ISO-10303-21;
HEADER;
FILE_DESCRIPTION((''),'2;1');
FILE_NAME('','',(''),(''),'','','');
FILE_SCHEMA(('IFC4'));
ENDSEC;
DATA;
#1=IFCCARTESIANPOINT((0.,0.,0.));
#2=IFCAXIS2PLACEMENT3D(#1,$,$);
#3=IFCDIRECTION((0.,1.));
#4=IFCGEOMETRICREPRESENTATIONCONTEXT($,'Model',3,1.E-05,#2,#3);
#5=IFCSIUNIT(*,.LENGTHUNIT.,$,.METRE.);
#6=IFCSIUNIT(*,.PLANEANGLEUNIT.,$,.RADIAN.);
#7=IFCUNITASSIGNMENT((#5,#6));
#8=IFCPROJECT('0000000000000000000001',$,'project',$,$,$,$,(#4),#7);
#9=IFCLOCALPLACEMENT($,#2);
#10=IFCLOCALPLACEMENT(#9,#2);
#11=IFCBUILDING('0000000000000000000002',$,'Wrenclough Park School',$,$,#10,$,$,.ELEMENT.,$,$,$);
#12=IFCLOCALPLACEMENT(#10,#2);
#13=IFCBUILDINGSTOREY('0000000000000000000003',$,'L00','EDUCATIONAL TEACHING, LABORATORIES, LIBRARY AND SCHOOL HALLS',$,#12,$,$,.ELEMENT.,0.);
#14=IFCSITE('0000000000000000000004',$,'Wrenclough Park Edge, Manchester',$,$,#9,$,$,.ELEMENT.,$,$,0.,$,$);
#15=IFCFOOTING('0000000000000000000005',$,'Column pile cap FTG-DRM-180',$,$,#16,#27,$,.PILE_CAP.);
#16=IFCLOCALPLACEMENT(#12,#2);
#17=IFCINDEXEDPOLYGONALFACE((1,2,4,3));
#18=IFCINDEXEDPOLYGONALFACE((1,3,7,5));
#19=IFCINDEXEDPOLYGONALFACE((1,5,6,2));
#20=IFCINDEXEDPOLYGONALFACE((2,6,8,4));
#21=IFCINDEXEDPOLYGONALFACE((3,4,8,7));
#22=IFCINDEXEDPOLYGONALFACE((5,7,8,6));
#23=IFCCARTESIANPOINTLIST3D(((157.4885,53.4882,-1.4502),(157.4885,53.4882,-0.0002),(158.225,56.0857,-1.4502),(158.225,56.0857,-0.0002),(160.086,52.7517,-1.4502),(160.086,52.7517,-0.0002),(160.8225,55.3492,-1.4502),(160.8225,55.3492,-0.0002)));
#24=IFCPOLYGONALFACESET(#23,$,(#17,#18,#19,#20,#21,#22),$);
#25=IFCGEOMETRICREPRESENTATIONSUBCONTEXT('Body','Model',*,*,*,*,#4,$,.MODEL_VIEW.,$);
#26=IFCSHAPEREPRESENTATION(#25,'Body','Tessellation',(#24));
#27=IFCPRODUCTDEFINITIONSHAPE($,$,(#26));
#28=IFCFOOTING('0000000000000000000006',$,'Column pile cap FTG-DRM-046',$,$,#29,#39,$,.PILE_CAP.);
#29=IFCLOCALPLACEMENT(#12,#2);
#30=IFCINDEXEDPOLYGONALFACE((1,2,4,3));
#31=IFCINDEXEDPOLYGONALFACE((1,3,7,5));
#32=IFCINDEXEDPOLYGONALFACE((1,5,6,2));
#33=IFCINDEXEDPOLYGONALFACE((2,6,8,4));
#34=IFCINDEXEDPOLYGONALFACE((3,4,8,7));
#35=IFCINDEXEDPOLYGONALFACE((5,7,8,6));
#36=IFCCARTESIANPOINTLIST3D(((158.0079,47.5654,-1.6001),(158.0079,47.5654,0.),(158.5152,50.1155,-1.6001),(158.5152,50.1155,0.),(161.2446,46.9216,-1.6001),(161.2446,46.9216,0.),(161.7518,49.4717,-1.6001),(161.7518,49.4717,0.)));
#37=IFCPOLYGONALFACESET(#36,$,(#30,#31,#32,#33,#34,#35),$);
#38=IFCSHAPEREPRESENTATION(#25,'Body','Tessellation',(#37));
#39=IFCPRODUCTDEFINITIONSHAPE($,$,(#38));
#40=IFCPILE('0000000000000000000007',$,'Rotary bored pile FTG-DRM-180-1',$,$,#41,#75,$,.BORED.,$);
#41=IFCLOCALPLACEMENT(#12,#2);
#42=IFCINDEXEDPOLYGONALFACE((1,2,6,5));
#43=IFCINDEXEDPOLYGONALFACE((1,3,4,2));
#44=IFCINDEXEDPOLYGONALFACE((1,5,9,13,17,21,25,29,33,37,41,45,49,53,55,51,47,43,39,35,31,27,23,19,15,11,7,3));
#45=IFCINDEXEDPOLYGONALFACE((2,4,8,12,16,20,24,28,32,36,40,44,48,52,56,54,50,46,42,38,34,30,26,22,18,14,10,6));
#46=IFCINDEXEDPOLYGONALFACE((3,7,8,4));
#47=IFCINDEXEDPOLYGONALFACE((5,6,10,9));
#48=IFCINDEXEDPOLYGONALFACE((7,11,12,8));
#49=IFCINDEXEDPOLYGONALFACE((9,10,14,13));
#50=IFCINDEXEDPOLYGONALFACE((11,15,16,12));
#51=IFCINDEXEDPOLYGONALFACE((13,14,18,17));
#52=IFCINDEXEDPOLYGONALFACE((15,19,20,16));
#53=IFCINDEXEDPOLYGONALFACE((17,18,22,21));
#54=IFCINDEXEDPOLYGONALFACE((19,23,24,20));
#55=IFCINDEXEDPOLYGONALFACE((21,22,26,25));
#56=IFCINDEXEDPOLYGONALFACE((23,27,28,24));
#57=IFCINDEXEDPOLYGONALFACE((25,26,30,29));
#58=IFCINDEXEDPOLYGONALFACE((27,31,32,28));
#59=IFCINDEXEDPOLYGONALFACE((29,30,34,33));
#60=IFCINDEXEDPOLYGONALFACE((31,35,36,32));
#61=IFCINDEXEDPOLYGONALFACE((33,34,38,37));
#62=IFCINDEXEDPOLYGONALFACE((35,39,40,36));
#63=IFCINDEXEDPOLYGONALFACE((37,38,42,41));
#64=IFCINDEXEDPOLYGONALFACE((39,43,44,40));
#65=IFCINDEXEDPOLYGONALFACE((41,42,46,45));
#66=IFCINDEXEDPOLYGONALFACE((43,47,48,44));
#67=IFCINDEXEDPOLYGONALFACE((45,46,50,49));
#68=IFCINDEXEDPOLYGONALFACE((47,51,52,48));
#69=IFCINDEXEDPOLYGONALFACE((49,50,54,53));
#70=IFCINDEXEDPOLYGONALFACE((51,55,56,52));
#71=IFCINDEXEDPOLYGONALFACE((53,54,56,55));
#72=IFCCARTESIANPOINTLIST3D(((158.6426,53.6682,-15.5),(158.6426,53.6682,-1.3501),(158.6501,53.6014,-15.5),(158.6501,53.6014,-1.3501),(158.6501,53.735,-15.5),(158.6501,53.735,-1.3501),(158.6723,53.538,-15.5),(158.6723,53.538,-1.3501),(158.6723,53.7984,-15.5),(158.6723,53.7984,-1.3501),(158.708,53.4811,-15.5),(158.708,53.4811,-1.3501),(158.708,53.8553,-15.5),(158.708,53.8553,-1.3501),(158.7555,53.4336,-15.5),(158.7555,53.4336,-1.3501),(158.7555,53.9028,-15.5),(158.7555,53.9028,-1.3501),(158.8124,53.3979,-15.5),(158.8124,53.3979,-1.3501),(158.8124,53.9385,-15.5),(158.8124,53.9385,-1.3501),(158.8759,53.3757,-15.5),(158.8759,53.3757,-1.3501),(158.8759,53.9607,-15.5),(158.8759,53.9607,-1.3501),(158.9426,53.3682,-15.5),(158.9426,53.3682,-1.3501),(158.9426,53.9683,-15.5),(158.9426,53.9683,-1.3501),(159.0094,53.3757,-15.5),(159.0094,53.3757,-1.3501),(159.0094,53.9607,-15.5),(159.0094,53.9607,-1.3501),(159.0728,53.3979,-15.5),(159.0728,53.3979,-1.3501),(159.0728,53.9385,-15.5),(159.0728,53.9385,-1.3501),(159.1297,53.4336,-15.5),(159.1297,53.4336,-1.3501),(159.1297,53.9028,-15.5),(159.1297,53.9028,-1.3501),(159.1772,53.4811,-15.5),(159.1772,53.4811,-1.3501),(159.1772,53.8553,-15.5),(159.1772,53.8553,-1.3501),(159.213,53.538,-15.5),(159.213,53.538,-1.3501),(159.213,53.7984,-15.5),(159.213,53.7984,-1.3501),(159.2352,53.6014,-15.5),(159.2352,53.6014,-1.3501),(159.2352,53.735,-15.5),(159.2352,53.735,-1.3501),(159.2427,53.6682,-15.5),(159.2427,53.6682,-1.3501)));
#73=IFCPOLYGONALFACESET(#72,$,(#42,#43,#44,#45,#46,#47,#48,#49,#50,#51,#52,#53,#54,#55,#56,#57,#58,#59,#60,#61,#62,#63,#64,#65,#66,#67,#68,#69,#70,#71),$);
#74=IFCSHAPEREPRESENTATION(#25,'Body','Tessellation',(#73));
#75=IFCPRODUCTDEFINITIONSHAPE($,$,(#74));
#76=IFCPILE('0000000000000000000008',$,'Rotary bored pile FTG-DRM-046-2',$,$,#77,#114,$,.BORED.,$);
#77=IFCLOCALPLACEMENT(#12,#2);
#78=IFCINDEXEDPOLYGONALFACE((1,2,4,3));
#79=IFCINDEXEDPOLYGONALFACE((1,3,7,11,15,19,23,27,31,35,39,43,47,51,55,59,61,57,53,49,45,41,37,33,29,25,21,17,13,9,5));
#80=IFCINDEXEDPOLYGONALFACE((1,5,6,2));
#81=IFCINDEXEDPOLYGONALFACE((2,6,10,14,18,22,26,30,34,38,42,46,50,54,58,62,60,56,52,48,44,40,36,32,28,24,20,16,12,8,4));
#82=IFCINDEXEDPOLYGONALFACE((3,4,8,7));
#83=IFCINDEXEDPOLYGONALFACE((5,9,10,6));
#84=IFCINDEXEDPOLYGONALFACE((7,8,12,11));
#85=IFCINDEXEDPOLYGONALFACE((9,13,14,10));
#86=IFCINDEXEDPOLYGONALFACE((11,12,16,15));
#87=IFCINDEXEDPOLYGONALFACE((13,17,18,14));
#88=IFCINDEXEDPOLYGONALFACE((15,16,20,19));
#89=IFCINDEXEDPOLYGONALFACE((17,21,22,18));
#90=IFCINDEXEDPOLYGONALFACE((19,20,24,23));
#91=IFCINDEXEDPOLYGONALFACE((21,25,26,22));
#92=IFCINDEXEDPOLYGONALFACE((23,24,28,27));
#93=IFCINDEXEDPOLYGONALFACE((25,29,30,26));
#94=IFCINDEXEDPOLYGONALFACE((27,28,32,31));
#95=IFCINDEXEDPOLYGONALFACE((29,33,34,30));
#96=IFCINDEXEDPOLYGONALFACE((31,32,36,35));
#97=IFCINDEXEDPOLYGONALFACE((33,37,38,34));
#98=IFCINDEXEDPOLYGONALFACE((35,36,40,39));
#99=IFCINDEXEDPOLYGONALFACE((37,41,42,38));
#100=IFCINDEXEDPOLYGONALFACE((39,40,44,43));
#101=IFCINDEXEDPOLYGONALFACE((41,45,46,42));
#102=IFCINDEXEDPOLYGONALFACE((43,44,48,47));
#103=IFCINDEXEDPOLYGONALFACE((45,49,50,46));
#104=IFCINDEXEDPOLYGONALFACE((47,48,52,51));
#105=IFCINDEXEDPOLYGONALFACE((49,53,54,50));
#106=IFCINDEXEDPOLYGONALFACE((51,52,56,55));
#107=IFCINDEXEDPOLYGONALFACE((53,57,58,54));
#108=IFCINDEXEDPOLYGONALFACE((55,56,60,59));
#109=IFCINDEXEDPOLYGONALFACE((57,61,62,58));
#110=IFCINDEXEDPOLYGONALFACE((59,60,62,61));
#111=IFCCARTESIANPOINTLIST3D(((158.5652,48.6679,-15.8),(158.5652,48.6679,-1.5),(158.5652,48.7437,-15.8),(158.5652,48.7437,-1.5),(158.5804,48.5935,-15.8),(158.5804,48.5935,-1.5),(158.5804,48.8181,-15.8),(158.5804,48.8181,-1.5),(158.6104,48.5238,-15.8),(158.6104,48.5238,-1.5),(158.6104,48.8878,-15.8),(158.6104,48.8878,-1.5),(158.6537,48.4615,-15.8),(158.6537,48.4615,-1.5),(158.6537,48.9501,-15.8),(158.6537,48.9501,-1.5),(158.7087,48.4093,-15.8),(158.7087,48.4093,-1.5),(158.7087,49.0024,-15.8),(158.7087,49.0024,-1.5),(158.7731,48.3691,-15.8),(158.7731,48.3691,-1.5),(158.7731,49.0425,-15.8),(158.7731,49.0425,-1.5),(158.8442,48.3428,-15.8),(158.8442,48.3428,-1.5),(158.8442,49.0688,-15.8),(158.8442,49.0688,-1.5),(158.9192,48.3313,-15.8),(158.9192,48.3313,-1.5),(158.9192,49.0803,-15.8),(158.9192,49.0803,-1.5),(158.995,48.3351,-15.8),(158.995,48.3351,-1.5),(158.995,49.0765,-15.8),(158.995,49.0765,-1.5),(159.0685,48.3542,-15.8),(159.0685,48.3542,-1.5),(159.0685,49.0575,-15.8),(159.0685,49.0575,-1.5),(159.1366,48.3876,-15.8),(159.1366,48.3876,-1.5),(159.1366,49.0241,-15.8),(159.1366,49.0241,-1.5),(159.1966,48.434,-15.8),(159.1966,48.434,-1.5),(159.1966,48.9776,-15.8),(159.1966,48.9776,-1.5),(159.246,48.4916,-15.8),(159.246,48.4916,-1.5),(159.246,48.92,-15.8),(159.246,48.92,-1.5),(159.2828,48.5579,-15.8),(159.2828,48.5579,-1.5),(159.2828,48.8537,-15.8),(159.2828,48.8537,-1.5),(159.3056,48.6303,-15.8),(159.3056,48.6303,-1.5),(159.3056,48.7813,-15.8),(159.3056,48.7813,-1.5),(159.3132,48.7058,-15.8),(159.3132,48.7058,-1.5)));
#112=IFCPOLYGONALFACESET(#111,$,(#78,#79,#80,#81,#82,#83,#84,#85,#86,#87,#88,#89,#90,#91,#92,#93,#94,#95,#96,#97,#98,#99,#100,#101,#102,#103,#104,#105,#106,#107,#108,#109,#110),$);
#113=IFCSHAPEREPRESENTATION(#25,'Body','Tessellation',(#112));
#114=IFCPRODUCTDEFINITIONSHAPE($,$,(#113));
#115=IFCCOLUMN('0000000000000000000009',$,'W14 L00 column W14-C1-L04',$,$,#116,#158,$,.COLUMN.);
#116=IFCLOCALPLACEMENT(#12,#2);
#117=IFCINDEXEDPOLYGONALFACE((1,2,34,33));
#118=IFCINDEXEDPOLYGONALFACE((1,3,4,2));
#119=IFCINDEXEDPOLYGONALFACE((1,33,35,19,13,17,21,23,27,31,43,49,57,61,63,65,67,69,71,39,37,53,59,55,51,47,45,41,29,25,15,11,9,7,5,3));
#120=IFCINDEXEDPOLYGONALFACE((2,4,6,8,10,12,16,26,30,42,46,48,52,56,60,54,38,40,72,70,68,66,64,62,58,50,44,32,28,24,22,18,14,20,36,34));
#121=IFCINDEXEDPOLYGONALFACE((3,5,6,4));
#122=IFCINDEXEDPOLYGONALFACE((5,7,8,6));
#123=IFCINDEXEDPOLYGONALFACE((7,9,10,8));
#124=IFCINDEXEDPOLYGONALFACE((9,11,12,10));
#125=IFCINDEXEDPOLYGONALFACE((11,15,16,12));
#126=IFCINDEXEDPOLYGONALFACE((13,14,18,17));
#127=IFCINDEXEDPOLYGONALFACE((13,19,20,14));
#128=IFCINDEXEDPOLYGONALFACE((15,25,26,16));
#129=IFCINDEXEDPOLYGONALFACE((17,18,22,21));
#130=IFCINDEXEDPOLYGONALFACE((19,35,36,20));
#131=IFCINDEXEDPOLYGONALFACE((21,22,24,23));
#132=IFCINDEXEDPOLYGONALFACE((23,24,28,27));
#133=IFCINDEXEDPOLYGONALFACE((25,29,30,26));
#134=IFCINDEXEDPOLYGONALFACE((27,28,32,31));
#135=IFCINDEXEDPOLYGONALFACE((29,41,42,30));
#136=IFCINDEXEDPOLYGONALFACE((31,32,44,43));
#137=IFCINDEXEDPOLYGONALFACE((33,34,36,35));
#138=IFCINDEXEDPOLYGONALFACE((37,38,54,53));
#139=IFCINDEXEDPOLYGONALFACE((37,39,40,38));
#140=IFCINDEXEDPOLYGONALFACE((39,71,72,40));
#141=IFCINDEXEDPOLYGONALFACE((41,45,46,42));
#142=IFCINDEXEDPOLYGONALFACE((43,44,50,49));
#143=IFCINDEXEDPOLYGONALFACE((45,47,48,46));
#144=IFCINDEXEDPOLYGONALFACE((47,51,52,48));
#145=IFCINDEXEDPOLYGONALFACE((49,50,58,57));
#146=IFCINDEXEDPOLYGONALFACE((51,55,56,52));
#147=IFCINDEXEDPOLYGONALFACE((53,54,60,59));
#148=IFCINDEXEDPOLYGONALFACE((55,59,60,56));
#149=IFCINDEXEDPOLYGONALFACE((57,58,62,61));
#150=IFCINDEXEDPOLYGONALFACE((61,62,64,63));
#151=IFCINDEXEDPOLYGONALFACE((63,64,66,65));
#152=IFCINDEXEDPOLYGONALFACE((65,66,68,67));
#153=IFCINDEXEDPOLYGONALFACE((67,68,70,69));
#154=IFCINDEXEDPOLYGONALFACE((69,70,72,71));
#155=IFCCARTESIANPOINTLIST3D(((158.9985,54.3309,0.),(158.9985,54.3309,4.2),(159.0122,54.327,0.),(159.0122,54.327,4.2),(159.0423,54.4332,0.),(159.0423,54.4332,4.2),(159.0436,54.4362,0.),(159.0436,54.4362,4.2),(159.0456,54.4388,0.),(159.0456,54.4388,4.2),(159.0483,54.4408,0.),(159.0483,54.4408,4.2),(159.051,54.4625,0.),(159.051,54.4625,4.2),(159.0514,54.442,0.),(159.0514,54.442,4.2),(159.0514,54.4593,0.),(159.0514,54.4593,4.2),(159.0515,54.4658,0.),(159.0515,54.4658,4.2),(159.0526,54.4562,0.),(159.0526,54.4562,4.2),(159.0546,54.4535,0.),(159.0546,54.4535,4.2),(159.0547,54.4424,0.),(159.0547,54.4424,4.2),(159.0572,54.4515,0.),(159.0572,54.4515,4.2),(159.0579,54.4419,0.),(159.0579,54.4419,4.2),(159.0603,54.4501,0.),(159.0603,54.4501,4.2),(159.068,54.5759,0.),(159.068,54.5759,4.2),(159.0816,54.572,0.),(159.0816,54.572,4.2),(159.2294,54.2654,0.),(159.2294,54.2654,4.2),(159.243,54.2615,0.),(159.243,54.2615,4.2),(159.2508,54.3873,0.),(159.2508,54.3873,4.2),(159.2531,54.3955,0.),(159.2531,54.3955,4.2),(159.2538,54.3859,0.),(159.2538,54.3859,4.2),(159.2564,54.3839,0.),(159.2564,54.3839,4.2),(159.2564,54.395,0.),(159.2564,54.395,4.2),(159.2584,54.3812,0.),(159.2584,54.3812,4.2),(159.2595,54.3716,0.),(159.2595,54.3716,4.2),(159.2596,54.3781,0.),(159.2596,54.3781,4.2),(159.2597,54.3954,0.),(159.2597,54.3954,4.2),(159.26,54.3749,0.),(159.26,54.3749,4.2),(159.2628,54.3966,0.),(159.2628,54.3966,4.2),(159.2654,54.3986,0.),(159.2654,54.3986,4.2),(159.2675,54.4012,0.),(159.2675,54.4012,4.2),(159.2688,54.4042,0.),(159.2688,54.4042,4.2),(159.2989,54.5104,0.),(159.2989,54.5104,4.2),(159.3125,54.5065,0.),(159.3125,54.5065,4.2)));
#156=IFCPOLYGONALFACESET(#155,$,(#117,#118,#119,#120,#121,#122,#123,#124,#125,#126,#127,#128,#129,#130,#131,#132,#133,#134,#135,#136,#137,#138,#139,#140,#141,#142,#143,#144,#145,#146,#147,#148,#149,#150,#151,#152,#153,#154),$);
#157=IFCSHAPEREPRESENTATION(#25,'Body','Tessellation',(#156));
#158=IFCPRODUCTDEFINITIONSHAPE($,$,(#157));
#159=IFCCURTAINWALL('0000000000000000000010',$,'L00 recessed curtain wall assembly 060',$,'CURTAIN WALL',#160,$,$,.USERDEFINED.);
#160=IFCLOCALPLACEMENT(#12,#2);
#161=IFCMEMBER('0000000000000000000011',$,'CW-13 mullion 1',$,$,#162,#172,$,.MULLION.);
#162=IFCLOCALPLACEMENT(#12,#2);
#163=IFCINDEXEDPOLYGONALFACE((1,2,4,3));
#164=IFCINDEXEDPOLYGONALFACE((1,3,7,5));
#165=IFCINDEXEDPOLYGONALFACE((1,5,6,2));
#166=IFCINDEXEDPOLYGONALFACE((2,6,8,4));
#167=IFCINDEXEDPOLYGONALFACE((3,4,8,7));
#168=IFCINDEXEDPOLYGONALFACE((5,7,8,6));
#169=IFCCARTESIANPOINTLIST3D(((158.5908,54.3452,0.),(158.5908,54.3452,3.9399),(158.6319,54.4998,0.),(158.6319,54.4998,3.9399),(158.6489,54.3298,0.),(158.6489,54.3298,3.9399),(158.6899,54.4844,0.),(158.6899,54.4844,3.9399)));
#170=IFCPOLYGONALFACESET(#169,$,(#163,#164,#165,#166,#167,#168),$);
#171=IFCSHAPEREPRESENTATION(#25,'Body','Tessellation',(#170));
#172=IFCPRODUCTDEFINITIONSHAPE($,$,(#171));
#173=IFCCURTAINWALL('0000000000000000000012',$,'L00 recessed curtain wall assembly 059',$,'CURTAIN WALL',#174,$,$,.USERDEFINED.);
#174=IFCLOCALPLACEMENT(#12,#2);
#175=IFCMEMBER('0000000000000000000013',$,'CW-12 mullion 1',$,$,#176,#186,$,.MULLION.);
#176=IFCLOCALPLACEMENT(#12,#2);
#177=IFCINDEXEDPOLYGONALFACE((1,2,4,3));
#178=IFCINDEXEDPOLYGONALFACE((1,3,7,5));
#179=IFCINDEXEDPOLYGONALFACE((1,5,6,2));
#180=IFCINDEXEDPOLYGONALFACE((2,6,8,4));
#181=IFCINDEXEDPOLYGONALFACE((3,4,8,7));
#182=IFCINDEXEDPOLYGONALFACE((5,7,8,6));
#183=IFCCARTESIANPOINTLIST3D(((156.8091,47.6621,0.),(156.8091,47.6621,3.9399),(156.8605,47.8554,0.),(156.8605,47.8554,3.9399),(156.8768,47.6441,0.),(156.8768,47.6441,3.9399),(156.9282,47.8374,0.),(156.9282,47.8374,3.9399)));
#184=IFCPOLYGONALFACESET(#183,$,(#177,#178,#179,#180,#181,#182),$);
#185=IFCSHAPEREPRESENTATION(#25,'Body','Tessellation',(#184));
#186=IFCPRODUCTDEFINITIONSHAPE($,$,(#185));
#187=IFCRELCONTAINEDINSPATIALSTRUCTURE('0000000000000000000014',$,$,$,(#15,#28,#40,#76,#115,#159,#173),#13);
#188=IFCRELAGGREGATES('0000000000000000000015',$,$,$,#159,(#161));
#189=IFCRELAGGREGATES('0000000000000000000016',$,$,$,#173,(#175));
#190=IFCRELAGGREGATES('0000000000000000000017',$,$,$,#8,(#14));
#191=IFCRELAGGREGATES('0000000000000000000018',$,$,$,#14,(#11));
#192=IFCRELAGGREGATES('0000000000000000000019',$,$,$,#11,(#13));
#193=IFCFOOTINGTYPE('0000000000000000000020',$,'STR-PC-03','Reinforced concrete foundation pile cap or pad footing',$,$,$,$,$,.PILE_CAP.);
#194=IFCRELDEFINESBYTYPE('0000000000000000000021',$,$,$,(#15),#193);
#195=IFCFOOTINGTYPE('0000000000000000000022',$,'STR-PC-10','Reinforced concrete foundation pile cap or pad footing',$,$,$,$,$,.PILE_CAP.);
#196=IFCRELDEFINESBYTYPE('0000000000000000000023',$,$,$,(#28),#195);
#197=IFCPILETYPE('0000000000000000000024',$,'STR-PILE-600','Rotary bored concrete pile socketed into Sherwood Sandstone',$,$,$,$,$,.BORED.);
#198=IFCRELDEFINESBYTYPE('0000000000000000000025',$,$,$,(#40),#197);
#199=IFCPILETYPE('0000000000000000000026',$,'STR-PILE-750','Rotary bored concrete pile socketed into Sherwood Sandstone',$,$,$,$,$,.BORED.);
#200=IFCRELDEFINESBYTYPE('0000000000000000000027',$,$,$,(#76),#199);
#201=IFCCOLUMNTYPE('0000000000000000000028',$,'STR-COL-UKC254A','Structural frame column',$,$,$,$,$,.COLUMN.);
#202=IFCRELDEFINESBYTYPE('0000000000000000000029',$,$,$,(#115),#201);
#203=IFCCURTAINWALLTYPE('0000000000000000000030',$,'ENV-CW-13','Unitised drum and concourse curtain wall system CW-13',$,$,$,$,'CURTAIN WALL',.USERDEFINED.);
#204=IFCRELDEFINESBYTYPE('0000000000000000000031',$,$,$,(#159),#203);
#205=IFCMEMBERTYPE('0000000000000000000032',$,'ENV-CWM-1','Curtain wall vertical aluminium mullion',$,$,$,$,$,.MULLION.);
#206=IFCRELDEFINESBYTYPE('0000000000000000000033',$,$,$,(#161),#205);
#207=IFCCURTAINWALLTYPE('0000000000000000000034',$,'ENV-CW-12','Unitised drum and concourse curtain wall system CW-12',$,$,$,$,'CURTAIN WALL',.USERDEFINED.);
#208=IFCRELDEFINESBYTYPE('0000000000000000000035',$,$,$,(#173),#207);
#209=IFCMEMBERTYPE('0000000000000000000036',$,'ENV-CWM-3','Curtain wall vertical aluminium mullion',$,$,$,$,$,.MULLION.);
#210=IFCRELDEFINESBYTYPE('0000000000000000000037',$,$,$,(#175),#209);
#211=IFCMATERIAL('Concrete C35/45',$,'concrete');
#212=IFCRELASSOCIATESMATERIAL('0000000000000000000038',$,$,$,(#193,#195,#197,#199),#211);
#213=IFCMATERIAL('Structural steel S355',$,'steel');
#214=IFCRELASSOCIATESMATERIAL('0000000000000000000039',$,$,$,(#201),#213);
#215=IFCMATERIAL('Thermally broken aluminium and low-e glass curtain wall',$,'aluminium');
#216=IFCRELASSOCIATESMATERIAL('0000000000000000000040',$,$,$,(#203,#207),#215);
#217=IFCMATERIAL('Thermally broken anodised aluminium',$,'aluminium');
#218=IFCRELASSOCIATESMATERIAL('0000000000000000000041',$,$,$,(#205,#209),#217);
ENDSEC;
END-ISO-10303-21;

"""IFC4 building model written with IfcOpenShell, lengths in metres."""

from ifc_helpers import new_model, si_unit, direction, frame, origin, origin_2d, place, context, subcontext, project, spatial, rectangle, circle, i_section, extrude, material, material_profile, profile_set, type_object, element, aggregate, save


model = new_model("IFC4")

# Units and contexts
model_context = context("Model", 3, precision=1e-05, world=origin(), true_north=direction((0.0, 1.0)))
body_context = subcontext(model_context, "Body", "Model", "MODEL_VIEW")
ifc_project = project(units=[si_unit("LENGTHUNIT", "METRE"), si_unit("PLANEANGLEUNIT", "RADIAN")], contexts=[model_context])

# Site, building, storey
site_placement = place(None, origin())
site = spatial("IfcSite", under=ifc_project, at=site_placement, Name="Wrenclough Park Edge, Manchester", CompositionType="ELEMENT", RefElevation=0.0)
building_placement = place(site_placement, origin())
building = spatial("IfcBuilding", under=site, at=building_placement, Name="Wrenclough Park School", CompositionType="ELEMENT")
storey_placement = place(building_placement, origin())
storey = spatial("IfcBuildingStorey", under=building, at=storey_placement, Name="L00", Description="EDUCATIONAL TEACHING, LABORATORIES, LIBRARY AND SCHOOL HALLS", CompositionType="ELEMENT", Elevation=0.0)

# Footings
ifc_material_1 = material(Name="Concrete C35/45", Category="concrete")
footing_type_1 = type_object("IfcFootingType", Name="STR-PC-03", Description="Reinforced concrete foundation pile cap or pad footing", PredefinedType="PILE_CAP", material=ifc_material_1)
footing_1_placement = place(storey_placement, frame((159.1555, 54.4187, -1.4502), z_axis=(0.0, 0.0, 1.0), x_axis=(0.272784, 0.962075, 0.0)))
element("IfcFooting", 1, at=footing_1_placement, inside=storey, type_object=footing_type_1, Name="Column pile cap FTG-DRM-180", PredefinedType="PILE_CAP", context=body_context, shape_type="SweptSolid", body=[
    extrude(rectangle(XDim=2.7, YDim=2.7, at=origin_2d()), origin(), (0.0, 0.0, 1.0), 1.45),
])
footing_type_2 = type_object("IfcFootingType", Name="STR-PC-10", Description="Reinforced concrete foundation pile cap or pad footing", PredefinedType="PILE_CAP", material=ifc_material_1)
footing_2_placement = place(storey_placement, frame((159.8799, 48.5186, -1.6001), z_axis=(0.0, 0.0, 1.0), x_axis=(-0.980785, 0.19509, 0.0)))
element("IfcFooting", 2, at=footing_2_placement, inside=storey, type_object=footing_type_2, Name="Column pile cap FTG-DRM-046", PredefinedType="PILE_CAP", context=body_context, shape_type="SweptSolid", body=[
    extrude(rectangle(XDim=3.3, YDim=2.6001, at=origin_2d()), origin(), (0.0, 0.0, 1.0), 1.6001),
])

# Piles
ifc_material_profile_1 = material_profile(ifc_material_1, circle(Radius=0.3, at=origin_2d()), Name="BORED PILE D600")
ifc_profile_set_1 = profile_set([ifc_material_profile_1], Name="Concrete C35/45")
pile_type_1 = type_object("IfcPileType", Name="STR-PILE-600", Description="Rotary bored concrete pile socketed into Sherwood Sandstone", PredefinedType="BORED", material=ifc_profile_set_1)
pile_1_placement = place(storey_placement, frame((158.9426, 53.6682, -1.3501), z_axis=(0.0, 0.0, -1.0), x_axis=(1.0, 0.0, 0.0)))
element("IfcPile", 3, at=pile_1_placement, inside=storey, type_object=pile_type_1, Name="Rotary bored pile FTG-DRM-180-1", PredefinedType="BORED", context=body_context, shape_type="SweptSolid", body=[
    extrude(circle(Radius=0.3, at=origin_2d()), origin(), (0.0, 0.0, 1.0), 14.1499),
])
ifc_material_profile_2 = material_profile(ifc_material_1, circle(Radius=0.375, at=origin_2d()), Name="BORED PILE D750")
ifc_profile_set_2 = profile_set([ifc_material_profile_2], Name="Concrete C35/45")
pile_type_2 = type_object("IfcPileType", Name="STR-PILE-750", Description="Rotary bored concrete pile socketed into Sherwood Sandstone", PredefinedType="BORED", material=ifc_profile_set_2)
pile_2_placement = place(storey_placement, frame((158.9382, 48.7058, -1.5), z_axis=(0.0, 0.0, -1.0), x_axis=(1.0, 0.0, 0.0)))
element("IfcPile", 4, at=pile_2_placement, inside=storey, type_object=pile_type_2, Name="Rotary bored pile FTG-DRM-046-2", PredefinedType="BORED", context=body_context, shape_type="SweptSolid", body=[
    extrude(circle(Radius=0.375, at=origin_2d()), origin(), (0.0, 0.0, 1.0), 14.3),
])

# Column
ifc_material_2 = material(Name="Structural steel S355", Category="steel")
ifc_material_profile_3 = material_profile(ifc_material_2, i_section(OverallWidth=0.2546, OverallDepth=0.2542, WebThickness=0.0085, FlangeThickness=0.0142, FilletRadius=0.0127, at=origin_2d()), Name="UKC 254x254x73")
ifc_profile_set_3 = profile_set([ifc_material_profile_3], Name="Structural steel S355")
column_type_1 = type_object("IfcColumnType", Name="STR-COL-UKC254A", Description="Structural frame column", PredefinedType="COLUMN", material=ifc_profile_set_3)
column_1_placement = place(storey_placement, frame((159.1555, 54.4187, 0.0), z_axis=(0.0, 0.0, 1.0), x_axis=(0.272784, 0.962075, 0.0)))
element("IfcColumn", 5, at=column_1_placement, inside=storey, type_object=column_type_1, Name="W14 L00 column W14-C1-L04", PredefinedType="COLUMN", context=body_context, shape_type="SweptSolid", body=[
    extrude(i_section(OverallWidth=0.2546, OverallDepth=0.2542, WebThickness=0.0085, FlangeThickness=0.0142, FilletRadius=0.0127, at=origin_2d()), origin(), (0.0, 0.0, 1.0), 4.2),
])

# Curtain wall, member
ifc_material_3 = material(Name="Thermally broken aluminium and low-e glass curtain wall", Category="aluminium")
curtain_wall_type_1 = type_object("IfcCurtainWallType", Name="ENV-CW-13", Description="Unitised drum and concourse curtain wall system CW-13", ElementType="CURTAIN WALL", PredefinedType="USERDEFINED", material=ifc_material_3)
curtain_wall_1_placement = place(storey_placement, origin())
curtain_wall_1 = element("IfcCurtainWall", 6, at=curtain_wall_1_placement, inside=storey, type_object=curtain_wall_type_1, Name="L00 recessed curtain wall assembly 060", ObjectType="CURTAIN WALL", PredefinedType="USERDEFINED")
ifc_material_4 = material(Name="Thermally broken anodised aluminium", Category="aluminium")
ifc_material_profile_4 = material_profile(ifc_material_4, rectangle(XDim=0.0601, YDim=0.1599, at=origin_2d()), Name="AL MULLION 60x160")
ifc_profile_set_4 = profile_set([ifc_material_profile_4], Name="Thermally broken anodised aluminium")
member_type_1 = type_object("IfcMemberType", Name="ENV-CWM-1", Description="Curtain wall vertical aluminium mullion", PredefinedType="MULLION", material=ifc_profile_set_4)
member_1_placement = place(storey_placement, frame((158.6404, 54.4148, 0.0), z_axis=(0.0, 0.0, 1.0), x_axis=(-0.966438, 0.2569, 0.0)))
member_1 = element("IfcMember", 7, at=member_1_placement, type_object=member_type_1, Name="CW-13 mullion 1", PredefinedType="MULLION", context=body_context, shape_type="SweptSolid", body=[
    extrude(rectangle(XDim=0.0601, YDim=0.1599, at=origin_2d()), origin(), (0.0, 0.0, 1.0), 3.9399),
])
aggregate(curtain_wall_1, [member_1])

# Curtain wall, member
curtain_wall_type_2 = type_object("IfcCurtainWallType", Name="ENV-CW-12", Description="Unitised drum and concourse curtain wall system CW-12", ElementType="CURTAIN WALL", PredefinedType="USERDEFINED", material=ifc_material_3)
curtain_wall_2_placement = place(storey_placement, origin())
curtain_wall_2 = element("IfcCurtainWall", 8, at=curtain_wall_2_placement, inside=storey, type_object=curtain_wall_type_2, Name="L00 recessed curtain wall assembly 059", ObjectType="CURTAIN WALL", PredefinedType="USERDEFINED")
ifc_material_profile_5 = material_profile(ifc_material_4, rectangle(XDim=0.0701, YDim=0.2, at=origin_2d()), Name="AL MULLION 70x200")
ifc_profile_set_5 = profile_set([ifc_material_profile_5], Name="Thermally broken anodised aluminium")
member_type_2 = type_object("IfcMemberType", Name="ENV-CWM-3", Description="Curtain wall vertical aluminium mullion", PredefinedType="MULLION", material=ifc_profile_set_5)
member_2_placement = place(storey_placement, frame((156.8687, 47.7498, 0.0), z_axis=(0.0, 0.0, 1.0), x_axis=(-0.966439, 0.256896, 0.0)))
member_2 = element("IfcMember", 9, at=member_2_placement, type_object=member_type_2, Name="CW-12 mullion 1", PredefinedType="MULLION", context=body_context, shape_type="SweptSolid", body=[
    extrude(rectangle(XDim=0.0701, YDim=0.2, at=origin_2d()), origin(), (0.0, 0.0, 1.0), 3.9399),
])

aggregate(curtain_wall_2, [member_2])

save(model, "model.ifc")
